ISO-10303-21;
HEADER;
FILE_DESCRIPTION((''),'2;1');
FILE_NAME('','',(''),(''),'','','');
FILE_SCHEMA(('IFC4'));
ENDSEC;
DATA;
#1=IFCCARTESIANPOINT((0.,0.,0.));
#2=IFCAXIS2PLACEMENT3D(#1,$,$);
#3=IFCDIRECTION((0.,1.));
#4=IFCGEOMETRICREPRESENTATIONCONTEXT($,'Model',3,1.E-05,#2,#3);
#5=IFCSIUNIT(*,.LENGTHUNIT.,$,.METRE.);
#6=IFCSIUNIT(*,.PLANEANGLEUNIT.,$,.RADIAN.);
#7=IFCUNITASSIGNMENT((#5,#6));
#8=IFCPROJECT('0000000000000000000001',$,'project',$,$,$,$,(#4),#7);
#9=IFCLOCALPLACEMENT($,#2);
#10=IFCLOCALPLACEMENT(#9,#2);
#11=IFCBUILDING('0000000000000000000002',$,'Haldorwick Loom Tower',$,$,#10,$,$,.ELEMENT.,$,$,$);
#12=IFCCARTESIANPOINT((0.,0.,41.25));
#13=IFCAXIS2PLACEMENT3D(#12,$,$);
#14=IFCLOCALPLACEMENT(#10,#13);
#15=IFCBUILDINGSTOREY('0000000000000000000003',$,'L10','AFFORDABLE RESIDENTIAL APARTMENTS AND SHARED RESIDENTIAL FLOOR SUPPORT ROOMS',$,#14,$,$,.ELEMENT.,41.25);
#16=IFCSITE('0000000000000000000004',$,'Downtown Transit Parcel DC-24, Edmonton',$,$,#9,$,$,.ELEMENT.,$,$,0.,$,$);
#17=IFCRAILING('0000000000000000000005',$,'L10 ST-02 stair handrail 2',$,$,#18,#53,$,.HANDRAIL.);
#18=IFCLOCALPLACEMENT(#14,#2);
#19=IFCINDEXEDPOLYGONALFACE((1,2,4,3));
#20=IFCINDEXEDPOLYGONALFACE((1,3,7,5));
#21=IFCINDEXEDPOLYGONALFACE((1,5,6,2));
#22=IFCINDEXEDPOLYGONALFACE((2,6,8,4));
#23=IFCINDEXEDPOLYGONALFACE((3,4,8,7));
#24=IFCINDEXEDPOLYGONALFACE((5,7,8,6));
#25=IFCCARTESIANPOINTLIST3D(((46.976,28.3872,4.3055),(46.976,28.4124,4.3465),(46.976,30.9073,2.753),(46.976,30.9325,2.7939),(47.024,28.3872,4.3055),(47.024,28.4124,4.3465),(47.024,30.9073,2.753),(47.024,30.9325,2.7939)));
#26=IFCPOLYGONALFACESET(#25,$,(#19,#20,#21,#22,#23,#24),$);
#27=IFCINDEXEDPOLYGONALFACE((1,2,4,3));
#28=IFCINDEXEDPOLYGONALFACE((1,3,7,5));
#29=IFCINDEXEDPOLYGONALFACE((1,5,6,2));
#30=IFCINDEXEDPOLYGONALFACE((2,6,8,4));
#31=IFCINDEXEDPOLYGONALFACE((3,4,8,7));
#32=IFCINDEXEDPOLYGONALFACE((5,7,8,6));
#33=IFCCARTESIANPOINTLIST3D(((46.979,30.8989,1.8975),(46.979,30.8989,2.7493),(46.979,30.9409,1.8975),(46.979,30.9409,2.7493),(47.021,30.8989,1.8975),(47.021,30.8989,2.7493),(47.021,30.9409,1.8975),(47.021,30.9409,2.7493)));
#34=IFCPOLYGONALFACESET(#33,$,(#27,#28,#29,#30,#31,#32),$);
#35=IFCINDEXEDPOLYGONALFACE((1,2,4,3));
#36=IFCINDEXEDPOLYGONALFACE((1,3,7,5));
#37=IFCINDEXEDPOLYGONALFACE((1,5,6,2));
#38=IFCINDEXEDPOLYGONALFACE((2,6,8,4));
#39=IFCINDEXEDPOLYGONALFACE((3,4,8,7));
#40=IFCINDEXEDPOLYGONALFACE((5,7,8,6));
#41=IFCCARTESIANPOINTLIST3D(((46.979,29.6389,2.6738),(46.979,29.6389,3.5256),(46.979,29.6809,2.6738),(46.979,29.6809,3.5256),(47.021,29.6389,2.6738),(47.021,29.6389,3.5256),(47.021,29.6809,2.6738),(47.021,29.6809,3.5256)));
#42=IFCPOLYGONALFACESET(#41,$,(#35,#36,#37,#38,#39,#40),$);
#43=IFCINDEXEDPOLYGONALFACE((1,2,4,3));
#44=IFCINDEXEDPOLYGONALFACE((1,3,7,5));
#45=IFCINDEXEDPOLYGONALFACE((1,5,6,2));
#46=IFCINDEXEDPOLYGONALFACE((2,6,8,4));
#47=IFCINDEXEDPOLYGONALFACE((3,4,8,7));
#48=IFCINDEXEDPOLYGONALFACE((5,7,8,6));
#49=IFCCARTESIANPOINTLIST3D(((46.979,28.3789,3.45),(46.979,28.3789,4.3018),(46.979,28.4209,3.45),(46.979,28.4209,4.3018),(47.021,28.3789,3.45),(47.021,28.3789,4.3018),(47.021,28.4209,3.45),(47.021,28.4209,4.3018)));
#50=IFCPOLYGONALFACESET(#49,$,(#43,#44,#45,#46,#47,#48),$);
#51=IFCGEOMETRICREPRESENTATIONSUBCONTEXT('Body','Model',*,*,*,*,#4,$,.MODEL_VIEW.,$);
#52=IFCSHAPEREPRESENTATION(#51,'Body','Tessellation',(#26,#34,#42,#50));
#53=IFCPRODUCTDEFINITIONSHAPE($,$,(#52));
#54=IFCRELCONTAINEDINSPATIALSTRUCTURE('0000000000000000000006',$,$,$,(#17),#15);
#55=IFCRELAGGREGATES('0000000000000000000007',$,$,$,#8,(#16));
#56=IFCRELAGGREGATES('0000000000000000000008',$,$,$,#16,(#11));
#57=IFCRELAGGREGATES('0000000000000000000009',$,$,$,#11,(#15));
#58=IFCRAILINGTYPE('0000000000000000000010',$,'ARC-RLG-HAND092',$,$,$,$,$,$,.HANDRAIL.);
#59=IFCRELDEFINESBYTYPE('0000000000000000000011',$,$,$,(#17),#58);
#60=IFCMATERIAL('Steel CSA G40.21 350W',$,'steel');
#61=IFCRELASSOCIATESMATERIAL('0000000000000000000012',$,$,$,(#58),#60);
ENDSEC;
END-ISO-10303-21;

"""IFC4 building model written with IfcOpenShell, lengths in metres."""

from ifc_helpers import new_model, si_unit, direction, frame, origin, origin_2d, place, context, subcontext, project, spatial, rectangle, extrude, material, type_object, element, save


model = new_model("IFC4")

# Units and contexts
model_context = context("Model", 3, precision=1e-05, world=origin(), true_north=direction((0.0, 1.0)))
body_context = subcontext(model_context, "Body", "Model", "MODEL_VIEW")
ifc_project = project(units=[si_unit("LENGTHUNIT", "METRE"), si_unit("PLANEANGLEUNIT", "RADIAN")], contexts=[model_context])

# Site, building, storey
site_placement = place(None, origin())
site = spatial("IfcSite", under=ifc_project, at=site_placement, Name="Downtown Transit Parcel DC-24, Edmonton", CompositionType="ELEMENT", RefElevation=0.0)
building_placement = place(site_placement, origin())
building = spatial("IfcBuilding", under=site, at=building_placement, Name="Haldorwick Loom Tower", CompositionType="ELEMENT")
storey_placement = place(building_placement, frame((0.0, 0.0, 41.25)))
storey = spatial("IfcBuildingStorey", under=building, at=storey_placement, Name="L10", Description="AFFORDABLE RESIDENTIAL APARTMENTS AND SHARED RESIDENTIAL FLOOR SUPPORT ROOMS", CompositionType="ELEMENT", Elevation=41.25)

# Shared definitions
ifc_material_1 = material(Name="Steel CSA G40.21 350W", Category="steel")

# Railing
railing_type_1 = type_object("IfcRailingType", Name="ARC-RLG-HAND092", PredefinedType="HANDRAIL", material=ifc_material_1)
railing_1_placement = place(storey_placement, frame((47.0, 30.9199, 1.8975)))
element("IfcRailing", 1, at=railing_1_placement, inside=storey, type_object=railing_type_1, Name="L10 ST-02 stair handrail 2", PredefinedType="HANDRAIL", context=body_context, shape_type="SweptSolid", body=[
    extrude(rectangle(XDim=0.0481, YDim=0.0481, at=origin_2d()), frame((0.0, 0.0, 0.876), z_axis=(0.0, -0.8514, 0.524516), x_axis=(1.0, 0.0, 0.0)), (0.0, 0.0, 1.0), 2.96),
    extrude(rectangle(XDim=0.042, YDim=0.042, at=origin_2d()), origin(), (0.0, 0.0, 1.0), 0.8518),
    extrude(rectangle(XDim=0.042, YDim=0.042, at=origin_2d()), frame((0.0, -1.26, 0.7764)), (0.0, 0.0, 1.0), 0.8518),
    extrude(rectangle(XDim=0.042, YDim=0.042, at=origin_2d()), frame((0.0, -2.52, 1.5525)), (0.0, 0.0, 1.0), 0.8518),
])

save(model, "model.ifc")
